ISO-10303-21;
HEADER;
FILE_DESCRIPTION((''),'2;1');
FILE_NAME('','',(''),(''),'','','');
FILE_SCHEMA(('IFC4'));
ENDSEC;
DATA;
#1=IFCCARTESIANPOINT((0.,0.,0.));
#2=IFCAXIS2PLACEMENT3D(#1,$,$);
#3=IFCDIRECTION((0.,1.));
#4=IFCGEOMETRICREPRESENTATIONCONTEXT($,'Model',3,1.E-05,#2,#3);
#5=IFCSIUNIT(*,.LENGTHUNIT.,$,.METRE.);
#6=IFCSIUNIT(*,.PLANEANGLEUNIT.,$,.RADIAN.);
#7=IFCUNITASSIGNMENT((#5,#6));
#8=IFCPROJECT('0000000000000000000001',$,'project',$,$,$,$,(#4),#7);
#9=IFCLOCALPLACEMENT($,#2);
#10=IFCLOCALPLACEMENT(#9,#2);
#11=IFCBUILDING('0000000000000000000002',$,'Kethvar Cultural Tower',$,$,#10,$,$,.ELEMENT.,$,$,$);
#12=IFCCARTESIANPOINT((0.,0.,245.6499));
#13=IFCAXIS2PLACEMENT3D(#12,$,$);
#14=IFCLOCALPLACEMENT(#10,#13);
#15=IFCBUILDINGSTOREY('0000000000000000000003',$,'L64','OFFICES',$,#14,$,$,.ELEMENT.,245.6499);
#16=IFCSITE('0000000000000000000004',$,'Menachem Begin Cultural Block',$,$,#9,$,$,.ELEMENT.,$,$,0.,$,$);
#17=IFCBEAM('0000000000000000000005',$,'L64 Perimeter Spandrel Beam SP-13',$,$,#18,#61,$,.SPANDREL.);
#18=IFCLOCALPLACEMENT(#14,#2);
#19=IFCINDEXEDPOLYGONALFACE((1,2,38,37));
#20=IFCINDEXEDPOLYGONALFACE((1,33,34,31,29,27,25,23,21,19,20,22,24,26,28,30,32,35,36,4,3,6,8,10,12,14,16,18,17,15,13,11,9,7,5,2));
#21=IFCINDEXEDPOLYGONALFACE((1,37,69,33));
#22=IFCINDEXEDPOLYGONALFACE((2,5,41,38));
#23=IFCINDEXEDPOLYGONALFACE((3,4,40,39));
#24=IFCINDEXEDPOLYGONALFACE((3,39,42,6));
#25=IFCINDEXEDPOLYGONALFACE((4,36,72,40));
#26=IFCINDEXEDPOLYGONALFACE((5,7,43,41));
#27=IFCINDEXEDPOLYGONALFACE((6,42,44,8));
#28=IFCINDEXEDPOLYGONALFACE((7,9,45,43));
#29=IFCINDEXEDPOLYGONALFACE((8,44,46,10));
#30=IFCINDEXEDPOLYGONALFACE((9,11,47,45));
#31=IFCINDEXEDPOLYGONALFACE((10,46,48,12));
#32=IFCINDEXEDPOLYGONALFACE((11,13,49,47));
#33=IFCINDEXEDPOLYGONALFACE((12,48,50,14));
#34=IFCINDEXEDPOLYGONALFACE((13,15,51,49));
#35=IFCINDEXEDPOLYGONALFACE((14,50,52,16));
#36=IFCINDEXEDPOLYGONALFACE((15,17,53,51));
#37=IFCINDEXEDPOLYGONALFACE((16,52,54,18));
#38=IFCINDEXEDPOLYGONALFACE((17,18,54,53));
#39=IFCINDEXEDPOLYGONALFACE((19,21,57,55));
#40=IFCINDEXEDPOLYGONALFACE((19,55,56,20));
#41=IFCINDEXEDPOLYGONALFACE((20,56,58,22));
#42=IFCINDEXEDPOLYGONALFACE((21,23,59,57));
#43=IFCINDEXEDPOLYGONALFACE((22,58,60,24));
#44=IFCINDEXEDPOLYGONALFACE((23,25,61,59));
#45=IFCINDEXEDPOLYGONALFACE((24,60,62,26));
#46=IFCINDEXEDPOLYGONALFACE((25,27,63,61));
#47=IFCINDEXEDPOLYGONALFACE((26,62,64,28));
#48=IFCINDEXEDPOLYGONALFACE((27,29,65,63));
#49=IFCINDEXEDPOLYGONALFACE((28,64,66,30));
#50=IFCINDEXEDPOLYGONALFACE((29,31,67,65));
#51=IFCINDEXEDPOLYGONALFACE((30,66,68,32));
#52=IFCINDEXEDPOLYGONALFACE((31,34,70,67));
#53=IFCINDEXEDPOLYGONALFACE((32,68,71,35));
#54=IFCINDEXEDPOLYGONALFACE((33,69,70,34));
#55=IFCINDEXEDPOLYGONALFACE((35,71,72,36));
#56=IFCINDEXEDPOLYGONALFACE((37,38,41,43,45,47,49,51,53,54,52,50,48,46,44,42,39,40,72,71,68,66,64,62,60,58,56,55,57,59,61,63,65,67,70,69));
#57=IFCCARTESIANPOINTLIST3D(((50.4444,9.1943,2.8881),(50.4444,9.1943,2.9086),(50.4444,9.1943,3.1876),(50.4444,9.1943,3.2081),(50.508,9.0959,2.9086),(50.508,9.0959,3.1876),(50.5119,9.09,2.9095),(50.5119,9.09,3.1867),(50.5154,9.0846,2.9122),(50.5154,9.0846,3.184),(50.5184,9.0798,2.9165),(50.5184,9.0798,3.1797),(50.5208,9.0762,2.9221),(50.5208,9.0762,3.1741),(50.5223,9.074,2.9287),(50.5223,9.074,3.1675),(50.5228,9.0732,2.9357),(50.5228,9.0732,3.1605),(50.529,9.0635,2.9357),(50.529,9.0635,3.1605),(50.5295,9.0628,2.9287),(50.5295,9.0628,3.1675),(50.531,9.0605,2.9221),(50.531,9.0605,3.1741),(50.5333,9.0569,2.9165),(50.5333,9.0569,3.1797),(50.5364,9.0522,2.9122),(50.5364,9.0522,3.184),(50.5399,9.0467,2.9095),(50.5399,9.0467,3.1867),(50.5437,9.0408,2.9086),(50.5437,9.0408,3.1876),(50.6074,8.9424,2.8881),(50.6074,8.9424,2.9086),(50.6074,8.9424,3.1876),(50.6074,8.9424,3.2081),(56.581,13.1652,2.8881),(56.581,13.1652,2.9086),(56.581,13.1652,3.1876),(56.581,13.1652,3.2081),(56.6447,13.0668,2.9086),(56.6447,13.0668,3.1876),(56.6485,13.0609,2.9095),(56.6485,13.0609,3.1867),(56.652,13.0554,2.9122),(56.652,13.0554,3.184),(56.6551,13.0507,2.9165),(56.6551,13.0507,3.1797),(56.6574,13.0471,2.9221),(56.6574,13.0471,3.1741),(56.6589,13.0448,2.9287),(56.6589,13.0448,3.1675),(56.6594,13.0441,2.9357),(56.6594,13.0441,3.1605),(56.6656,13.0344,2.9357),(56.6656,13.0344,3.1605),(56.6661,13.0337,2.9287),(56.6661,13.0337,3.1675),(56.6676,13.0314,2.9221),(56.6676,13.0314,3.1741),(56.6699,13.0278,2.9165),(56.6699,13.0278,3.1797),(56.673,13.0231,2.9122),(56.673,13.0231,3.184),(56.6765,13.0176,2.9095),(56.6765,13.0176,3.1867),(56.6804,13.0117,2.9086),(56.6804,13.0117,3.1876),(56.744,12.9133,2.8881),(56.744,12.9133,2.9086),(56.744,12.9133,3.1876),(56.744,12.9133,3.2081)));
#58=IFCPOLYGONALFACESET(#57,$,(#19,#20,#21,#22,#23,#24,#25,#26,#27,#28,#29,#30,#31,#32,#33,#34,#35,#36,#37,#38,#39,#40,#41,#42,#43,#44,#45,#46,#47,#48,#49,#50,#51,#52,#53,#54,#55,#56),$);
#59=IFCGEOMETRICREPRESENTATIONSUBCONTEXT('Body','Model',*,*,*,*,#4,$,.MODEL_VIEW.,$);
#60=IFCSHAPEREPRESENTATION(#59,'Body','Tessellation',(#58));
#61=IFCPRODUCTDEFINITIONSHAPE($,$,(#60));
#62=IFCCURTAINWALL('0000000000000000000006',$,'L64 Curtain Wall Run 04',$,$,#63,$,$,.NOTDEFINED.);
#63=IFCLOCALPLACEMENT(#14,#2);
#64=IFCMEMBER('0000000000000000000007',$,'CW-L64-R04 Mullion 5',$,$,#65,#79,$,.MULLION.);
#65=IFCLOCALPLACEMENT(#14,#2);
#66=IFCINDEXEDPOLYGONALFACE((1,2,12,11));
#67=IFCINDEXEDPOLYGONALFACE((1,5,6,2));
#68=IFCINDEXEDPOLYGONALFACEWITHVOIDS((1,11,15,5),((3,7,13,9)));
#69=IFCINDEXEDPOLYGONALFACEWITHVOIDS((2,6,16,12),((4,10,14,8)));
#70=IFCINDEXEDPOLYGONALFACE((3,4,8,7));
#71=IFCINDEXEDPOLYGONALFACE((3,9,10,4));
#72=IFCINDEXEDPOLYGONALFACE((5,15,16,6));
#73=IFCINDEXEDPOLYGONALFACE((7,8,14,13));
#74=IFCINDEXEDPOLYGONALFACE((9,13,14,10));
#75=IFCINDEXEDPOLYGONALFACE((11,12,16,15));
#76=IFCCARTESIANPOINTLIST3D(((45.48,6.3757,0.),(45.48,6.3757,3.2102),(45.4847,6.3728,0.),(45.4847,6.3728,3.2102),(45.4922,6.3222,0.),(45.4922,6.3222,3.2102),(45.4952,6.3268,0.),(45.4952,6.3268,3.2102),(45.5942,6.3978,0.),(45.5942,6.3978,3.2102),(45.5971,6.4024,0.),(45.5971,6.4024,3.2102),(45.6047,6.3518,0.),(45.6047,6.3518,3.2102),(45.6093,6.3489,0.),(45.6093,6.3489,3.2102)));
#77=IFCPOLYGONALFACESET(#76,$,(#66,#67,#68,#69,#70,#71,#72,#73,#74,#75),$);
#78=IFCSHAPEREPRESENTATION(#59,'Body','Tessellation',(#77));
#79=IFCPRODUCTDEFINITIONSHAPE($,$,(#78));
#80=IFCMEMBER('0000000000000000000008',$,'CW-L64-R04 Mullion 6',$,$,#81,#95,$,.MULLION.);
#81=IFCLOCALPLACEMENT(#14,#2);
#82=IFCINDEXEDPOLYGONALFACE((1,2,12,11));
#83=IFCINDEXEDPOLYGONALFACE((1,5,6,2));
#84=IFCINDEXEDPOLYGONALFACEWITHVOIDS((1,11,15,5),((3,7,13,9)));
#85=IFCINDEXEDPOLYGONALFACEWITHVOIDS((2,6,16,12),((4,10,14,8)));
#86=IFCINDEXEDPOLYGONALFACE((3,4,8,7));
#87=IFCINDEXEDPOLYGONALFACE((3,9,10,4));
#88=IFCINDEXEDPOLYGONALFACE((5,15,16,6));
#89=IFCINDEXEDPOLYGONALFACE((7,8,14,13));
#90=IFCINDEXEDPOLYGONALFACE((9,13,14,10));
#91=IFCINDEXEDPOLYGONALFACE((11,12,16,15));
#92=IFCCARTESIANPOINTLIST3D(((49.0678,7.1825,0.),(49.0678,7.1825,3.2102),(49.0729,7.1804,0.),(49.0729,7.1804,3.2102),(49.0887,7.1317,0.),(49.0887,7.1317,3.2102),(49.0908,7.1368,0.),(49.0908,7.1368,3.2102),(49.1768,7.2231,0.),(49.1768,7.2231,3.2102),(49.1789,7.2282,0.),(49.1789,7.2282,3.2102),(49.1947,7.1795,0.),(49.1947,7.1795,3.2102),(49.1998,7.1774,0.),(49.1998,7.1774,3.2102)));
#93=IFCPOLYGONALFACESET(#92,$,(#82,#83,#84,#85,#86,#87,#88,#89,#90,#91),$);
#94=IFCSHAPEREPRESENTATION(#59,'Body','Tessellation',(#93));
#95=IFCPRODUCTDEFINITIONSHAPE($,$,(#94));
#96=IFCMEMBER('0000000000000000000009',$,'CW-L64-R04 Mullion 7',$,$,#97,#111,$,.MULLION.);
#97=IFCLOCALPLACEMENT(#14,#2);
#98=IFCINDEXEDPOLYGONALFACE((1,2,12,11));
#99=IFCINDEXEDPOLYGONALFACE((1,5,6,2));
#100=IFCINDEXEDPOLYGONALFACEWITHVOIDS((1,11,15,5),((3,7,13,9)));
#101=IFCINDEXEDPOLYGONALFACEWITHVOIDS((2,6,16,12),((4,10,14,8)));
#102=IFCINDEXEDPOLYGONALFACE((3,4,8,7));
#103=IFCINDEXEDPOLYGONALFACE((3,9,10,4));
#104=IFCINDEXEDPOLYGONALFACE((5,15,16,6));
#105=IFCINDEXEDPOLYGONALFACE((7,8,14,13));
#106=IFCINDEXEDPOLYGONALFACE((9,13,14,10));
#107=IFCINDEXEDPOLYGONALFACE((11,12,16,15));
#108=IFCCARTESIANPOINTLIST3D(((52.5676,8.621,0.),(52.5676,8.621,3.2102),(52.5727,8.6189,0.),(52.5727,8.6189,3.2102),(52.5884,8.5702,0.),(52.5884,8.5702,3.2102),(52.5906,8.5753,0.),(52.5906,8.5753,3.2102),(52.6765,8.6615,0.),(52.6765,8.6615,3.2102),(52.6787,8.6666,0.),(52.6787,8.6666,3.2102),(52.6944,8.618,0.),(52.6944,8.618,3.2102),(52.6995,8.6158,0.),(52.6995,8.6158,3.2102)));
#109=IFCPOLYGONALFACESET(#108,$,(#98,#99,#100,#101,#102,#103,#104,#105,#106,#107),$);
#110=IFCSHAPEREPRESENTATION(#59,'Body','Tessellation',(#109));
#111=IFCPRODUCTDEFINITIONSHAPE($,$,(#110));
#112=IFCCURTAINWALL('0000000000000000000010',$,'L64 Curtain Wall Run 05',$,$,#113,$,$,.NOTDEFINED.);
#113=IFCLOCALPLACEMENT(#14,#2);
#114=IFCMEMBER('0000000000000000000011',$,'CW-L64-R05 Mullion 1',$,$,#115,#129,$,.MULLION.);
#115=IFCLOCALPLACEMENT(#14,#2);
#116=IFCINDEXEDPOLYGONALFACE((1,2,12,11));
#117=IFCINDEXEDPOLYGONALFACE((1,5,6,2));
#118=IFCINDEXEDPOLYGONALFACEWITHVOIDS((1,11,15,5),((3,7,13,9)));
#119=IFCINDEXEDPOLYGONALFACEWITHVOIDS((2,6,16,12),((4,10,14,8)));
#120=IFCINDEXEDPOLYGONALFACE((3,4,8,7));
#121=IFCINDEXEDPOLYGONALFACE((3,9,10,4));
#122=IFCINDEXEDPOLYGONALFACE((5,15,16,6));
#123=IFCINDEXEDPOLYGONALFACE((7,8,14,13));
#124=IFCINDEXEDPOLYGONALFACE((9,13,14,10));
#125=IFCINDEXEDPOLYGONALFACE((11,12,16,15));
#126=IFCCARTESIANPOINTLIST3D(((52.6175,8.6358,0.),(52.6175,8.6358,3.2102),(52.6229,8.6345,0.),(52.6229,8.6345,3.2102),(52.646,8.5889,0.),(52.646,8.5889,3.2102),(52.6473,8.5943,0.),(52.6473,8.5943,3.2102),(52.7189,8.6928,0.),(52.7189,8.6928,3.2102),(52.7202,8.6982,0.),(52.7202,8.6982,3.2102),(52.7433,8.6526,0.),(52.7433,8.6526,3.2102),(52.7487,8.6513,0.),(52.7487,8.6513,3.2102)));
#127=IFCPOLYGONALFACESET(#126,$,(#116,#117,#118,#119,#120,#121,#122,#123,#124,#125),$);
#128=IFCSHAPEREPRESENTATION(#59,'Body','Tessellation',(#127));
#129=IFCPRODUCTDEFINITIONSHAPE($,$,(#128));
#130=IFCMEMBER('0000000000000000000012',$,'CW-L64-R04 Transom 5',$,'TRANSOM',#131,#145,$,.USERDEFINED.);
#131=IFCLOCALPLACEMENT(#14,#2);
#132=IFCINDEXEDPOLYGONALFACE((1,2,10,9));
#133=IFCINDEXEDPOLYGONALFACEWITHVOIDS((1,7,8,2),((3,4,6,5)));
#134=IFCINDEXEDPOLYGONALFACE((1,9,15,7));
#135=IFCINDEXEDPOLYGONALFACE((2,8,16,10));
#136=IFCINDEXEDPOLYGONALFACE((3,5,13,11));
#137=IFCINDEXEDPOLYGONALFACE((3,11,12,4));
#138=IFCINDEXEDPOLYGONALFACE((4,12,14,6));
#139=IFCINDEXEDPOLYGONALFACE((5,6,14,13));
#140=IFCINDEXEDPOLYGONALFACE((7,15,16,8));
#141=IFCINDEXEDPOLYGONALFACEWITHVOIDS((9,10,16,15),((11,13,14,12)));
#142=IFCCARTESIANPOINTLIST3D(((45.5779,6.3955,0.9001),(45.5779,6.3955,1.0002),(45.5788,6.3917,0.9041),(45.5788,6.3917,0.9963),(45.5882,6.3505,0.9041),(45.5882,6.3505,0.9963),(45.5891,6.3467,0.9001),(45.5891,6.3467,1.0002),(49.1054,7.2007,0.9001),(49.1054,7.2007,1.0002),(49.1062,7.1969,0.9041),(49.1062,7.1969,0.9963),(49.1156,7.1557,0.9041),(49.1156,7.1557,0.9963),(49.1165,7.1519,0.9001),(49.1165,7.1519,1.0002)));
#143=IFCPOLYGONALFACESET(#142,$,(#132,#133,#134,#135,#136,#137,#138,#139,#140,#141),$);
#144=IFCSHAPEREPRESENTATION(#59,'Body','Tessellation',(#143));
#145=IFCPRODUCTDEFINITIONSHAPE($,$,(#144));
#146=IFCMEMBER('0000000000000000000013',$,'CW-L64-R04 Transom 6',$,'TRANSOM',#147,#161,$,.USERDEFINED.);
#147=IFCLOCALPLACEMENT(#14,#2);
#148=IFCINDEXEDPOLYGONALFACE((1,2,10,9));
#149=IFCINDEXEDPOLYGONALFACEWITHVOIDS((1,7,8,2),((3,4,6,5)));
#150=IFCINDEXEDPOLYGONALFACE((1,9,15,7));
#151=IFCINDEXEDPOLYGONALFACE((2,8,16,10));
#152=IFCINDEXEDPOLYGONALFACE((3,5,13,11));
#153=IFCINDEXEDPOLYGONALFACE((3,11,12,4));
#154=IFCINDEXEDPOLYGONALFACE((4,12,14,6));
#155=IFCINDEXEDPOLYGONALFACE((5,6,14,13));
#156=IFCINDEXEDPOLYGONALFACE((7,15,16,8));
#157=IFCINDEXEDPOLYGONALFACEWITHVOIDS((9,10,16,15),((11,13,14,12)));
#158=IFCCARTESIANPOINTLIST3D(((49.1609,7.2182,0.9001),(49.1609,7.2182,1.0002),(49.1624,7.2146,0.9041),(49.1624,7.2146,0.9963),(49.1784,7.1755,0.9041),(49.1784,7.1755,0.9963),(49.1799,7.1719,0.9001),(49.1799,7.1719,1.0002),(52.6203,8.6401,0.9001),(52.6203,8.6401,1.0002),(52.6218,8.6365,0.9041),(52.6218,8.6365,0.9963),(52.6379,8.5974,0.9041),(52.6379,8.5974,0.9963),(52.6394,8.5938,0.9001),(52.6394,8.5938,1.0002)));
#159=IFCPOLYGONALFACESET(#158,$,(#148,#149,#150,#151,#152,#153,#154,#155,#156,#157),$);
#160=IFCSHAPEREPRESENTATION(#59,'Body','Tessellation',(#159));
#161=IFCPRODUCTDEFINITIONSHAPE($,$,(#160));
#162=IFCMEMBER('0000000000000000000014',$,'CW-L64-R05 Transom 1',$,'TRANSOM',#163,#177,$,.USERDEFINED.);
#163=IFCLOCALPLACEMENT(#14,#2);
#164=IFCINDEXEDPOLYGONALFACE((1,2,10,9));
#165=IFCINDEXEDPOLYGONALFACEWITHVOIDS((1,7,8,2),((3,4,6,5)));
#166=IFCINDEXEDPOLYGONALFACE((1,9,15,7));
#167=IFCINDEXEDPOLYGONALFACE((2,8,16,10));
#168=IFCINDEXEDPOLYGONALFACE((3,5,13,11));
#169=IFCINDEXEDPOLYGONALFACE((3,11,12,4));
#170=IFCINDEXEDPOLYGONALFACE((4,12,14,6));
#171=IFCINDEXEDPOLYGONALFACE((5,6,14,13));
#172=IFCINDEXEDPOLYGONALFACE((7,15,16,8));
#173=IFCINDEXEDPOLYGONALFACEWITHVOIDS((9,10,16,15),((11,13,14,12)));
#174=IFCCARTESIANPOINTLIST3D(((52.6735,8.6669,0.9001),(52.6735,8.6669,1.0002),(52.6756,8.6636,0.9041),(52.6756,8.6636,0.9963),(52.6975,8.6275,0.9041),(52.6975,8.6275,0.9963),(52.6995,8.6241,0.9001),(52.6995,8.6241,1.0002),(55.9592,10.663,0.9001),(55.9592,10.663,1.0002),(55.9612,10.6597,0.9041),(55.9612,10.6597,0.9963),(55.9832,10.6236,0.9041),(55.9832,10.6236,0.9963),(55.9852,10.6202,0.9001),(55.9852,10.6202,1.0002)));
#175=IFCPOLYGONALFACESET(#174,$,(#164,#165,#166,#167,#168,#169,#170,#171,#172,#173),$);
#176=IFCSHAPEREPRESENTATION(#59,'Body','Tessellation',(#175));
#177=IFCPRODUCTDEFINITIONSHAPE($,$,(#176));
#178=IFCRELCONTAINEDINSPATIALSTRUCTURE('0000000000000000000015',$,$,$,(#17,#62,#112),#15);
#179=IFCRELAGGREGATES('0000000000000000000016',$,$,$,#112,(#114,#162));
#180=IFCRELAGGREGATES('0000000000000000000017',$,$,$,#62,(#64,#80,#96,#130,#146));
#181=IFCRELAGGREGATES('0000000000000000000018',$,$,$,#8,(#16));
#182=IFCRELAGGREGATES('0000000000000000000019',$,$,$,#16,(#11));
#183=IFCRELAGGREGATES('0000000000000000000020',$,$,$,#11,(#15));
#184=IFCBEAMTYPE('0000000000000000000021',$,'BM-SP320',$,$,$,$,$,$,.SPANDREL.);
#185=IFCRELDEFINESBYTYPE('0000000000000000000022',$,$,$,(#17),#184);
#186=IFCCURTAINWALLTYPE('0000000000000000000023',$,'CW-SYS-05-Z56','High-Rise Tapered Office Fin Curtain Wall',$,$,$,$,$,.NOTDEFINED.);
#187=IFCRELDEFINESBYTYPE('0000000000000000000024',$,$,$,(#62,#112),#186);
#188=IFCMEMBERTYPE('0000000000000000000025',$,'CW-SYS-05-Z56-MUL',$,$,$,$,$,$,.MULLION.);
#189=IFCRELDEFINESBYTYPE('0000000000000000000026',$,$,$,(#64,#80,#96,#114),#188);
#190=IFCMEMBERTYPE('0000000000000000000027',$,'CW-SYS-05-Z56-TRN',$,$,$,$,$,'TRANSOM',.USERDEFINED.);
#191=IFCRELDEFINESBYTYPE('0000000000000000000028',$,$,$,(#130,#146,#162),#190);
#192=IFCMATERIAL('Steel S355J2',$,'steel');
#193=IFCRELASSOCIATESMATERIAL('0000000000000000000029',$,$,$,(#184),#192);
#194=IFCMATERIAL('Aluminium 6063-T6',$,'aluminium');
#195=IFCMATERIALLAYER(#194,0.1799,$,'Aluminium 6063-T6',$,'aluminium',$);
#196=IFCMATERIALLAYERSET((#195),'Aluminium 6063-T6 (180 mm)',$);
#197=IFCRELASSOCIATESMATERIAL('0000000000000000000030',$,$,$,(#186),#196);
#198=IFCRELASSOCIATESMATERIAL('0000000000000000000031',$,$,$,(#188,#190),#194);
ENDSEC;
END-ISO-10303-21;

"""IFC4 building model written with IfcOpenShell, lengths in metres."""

from ifc_helpers import new_model, si_unit, direction, frame, origin, origin_2d, place, context, subcontext, project, spatial, hollow_rectangle, i_section, extrude, source, transform, mapped, material, layer, layer_set, material_profile, profile_set, type_object, element, aggregate, save


model = new_model("IFC4")

# Units and contexts
model_context = context("Model", 3, precision=1e-05, world=origin(), true_north=direction((0.0, 1.0)))
body_context = subcontext(model_context, "Body", "Model", "MODEL_VIEW")
ifc_project = project(units=[si_unit("LENGTHUNIT", "METRE"), si_unit("PLANEANGLEUNIT", "RADIAN")], contexts=[model_context])

# Site, building, storey
site_placement = place(None, origin())
site = spatial("IfcSite", under=ifc_project, at=site_placement, Name="Menachem Begin Cultural Block", CompositionType="ELEMENT", RefElevation=0.0)
building_placement = place(site_placement, origin())
building = spatial("IfcBuilding", under=site, at=building_placement, Name="Kethvar Cultural Tower", CompositionType="ELEMENT")
storey_placement = place(building_placement, frame((0.0, 0.0, 245.6499)))
storey = spatial("IfcBuildingStorey", under=building, at=storey_placement, Name="L64", Description="OFFICES", CompositionType="ELEMENT", Elevation=245.6499)

# Beam
ifc_material_1 = material(Name="Steel S355J2", Category="steel")
ifc_material_profile_1 = material_profile(ifc_material_1, i_section(OverallWidth=0.3, OverallDepth=0.3201, WebThickness=0.0115, FlangeThickness=0.0205, FilletRadius=0.0271, at=origin_2d()), Name="Steel S355J2 — HEB320")
ifc_profile_set_1 = profile_set([ifc_material_profile_1], Name="Steel S355J2 — HEB320")
beam_type_1 = type_object("IfcBeamType", Name="BM-SP320", PredefinedType="SPANDREL", material=ifc_profile_set_1)
shared_shape_1 = source(origin(), body_context, "Body", "SweptSolid", [
    extrude(i_section(OverallWidth=0.3, OverallDepth=0.3201, WebThickness=0.0115, FlangeThickness=0.0205, FilletRadius=0.0271, at=origin_2d()), origin(), (0.0, 0.0, 1.0), 7.3093),
])
beam_1_placement = place(storey_placement, frame((50.5259, 9.0684, 3.0481), z_axis=(0.839562, 0.543264, 0.0), x_axis=(-0.543264, 0.839562, 0.0)))
element("IfcBeam", 1, at=beam_1_placement, inside=storey, type_object=beam_type_1, Name="L64 Perimeter Spandrel Beam SP-13", PredefinedType="SPANDREL", context=body_context, shape_type="MappedRepresentation", body=[
    mapped(shared_shape_1, transform((0.0, 0.0, 0.0), scale=1.0)),
])

# Curtain wall, members
ifc_material_2 = material(Name="Aluminium 6063-T6", Category="aluminium")
ifc_layer_1 = layer(ifc_material_2, 0.1799, Name="Aluminium 6063-T6", Category="aluminium")
ifc_layer_set_1 = layer_set([ifc_layer_1], Name="Aluminium 6063-T6 (180 mm)")
curtain_wall_type = type_object("IfcCurtainWallType", Name="CW-SYS-05-Z56", Description="High-Rise Tapered Office Fin Curtain Wall", PredefinedType="NOTDEFINED", material=ifc_layer_set_1)
curtain_wall_1_placement = place(storey_placement, origin())
curtain_wall_1 = element("IfcCurtainWall", 2, at=curtain_wall_1_placement, inside=storey, type_object=curtain_wall_type, Name="L64 Curtain Wall Run 04", PredefinedType="NOTDEFINED")
ifc_material_profile_2 = material_profile(ifc_material_2, hollow_rectangle(XDim=0.0549, YDim=0.1201, WallThickness=0.0039, at=origin_2d()), Name="Aluminium 6063-T6 — RHS120x55x4")
ifc_profile_set_2 = profile_set([ifc_material_profile_2], Name="Aluminium 6063-T6 — RHS120x55x4")
member_type_1 = type_object("IfcMemberType", Name="CW-SYS-05-Z56-MUL", PredefinedType="MULLION", material=ifc_profile_set_2)
shared_shape_2 = source(origin(), body_context, "Body", "SweptSolid", [
    extrude(hollow_rectangle(XDim=0.0549, YDim=0.1201, WallThickness=0.0039, at=origin_2d()), origin(), (0.0, 0.0, 1.0), 3.2102),
])
member_1_placement = place(storey_placement, frame((45.5447, 6.3623, 0.0), z_axis=(0.0, 0.0, 1.0), x_axis=(-0.222501, 0.974932, 0.0)))
member_1 = element("IfcMember", 3, at=member_1_placement, type_object=member_type_1, Name="CW-L64-R04 Mullion 5", PredefinedType="MULLION", context=body_context, shape_type="MappedRepresentation", body=[
    mapped(shared_shape_2, transform((0.0, 0.0, 0.0), scale=1.0)),
])
member_2_placement = place(storey_placement, frame((49.1338, 7.1799, 0.0), z_axis=(0.0, 0.0, 1.0), x_axis=(-0.380167, 0.924918, 0.0)))
member_2 = element("IfcMember", 4, at=member_2_placement, type_object=member_type_1, Name="CW-L64-R04 Mullion 6", PredefinedType="MULLION", context=body_context, shape_type="MappedRepresentation", body=[
    mapped(shared_shape_2, transform((0.0, 0.0, 0.0), scale=1.0)),
])
member_3_placement = place(storey_placement, frame((52.6335, 8.6184, 0.0), z_axis=(0.0, 0.0, 1.0), x_axis=(-0.380167, 0.924918, 0.0)))
member_3 = element("IfcMember", 5, at=member_3_placement, type_object=member_type_1, Name="CW-L64-R04 Mullion 7", PredefinedType="MULLION", context=body_context, shape_type="MappedRepresentation", body=[
    mapped(shared_shape_2, transform((0.0, 0.0, 0.0), scale=1.0)),
])

# Curtain wall, member
curtain_wall_2_placement = place(storey_placement, origin())
curtain_wall_2 = element("IfcCurtainWall", 6, at=curtain_wall_2_placement, inside=storey, type_object=curtain_wall_type, Name="L64 Curtain Wall Run 05", PredefinedType="NOTDEFINED")
member_4_placement = place(storey_placement, frame((52.6831, 8.6436, 0.0), z_axis=(0.0, 0.0, 1.0), x_axis=(-0.519206, 0.854649, 0.0)))
member_4 = element("IfcMember", 7, at=member_4_placement, type_object=member_type_1, Name="CW-L64-R05 Mullion 1", PredefinedType="MULLION", context=body_context, shape_type="MappedRepresentation", body=[
    mapped(shared_shape_2, transform((0.0, 0.0, 0.0), scale=1.0)),
])

# Members
ifc_material_profile_3 = material_profile(ifc_material_2, hollow_rectangle(XDim=0.05, YDim=0.1001, WallThickness=0.0039, at=origin_2d()), Name="Aluminium 6063-T6 — RHS100x50x4")
ifc_profile_set_3 = profile_set([ifc_material_profile_3], Name="Aluminium 6063-T6 — RHS100x50x4")
member_type_2 = type_object("IfcMemberType", Name="CW-SYS-05-Z56-TRN", ElementType="TRANSOM", PredefinedType="USERDEFINED", material=ifc_profile_set_3)
shared_shape_3 = source(origin(), body_context, "Body", "SweptSolid", [
    extrude(hollow_rectangle(XDim=0.05, YDim=0.1001, WallThickness=0.0039, at=origin_2d()), origin(), (0.0, 0.0, 1.0), 3.6182),
])
member_5_placement = place(storey_placement, frame((45.5835, 6.3711, 0.9502), z_axis=(0.974923, 0.222543, 0.0), x_axis=(-0.222543, 0.974923, 0.0)))
member_5 = element("IfcMember", 8, at=member_5_placement, type_object=member_type_2, Name="CW-L64-R04 Transom 5", ObjectType="TRANSOM", PredefinedType="USERDEFINED", context=body_context, shape_type="MappedRepresentation", body=[
    mapped(shared_shape_3, transform((0.0, 0.0, 0.0), scale=1.0)),
])
shared_shape_4 = source(origin(), body_context, "Body", "SweptSolid", [
    extrude(hollow_rectangle(XDim=0.05, YDim=0.1001, WallThickness=0.0039, at=origin_2d()), origin(), (0.0, 0.0, 1.0), 3.7402),
])
member_6_placement = place(storey_placement, frame((49.1704, 7.1951, 0.9502), z_axis=(0.924924, 0.380152, 0.0), x_axis=(-0.380152, 0.924924, 0.0)))
member_6 = element("IfcMember", 9, at=member_6_placement, type_object=member_type_2, Name="CW-L64-R04 Transom 6", ObjectType="TRANSOM", PredefinedType="USERDEFINED", context=body_context, shape_type="MappedRepresentation", body=[
    mapped(shared_shape_4, transform((0.0, 0.0, 0.0), scale=1.0)),
])
shared_shape_5 = source(origin(), body_context, "Body", "SweptSolid", [
    extrude(hollow_rectangle(XDim=0.05, YDim=0.1001, WallThickness=0.0039, at=origin_2d()), origin(), (0.0, 0.0, 1.0), 3.8445),
])
member_7_placement = place(storey_placement, frame((52.6865, 8.6455, 0.9502), z_axis=(0.854645, 0.519213, 0.0), x_axis=(-0.519213, 0.854645, 0.0)))
member_7 = element("IfcMember", 10, at=member_7_placement, type_object=member_type_2, Name="CW-L64-R05 Transom 1", ObjectType="TRANSOM", PredefinedType="USERDEFINED", context=body_context, shape_type="MappedRepresentation", body=[
    mapped(shared_shape_5, transform((0.0, 0.0, 0.0), scale=1.0)),
])

aggregate(curtain_wall_2, [member_4, member_7])
aggregate(curtain_wall_1, [member_1, member_2, member_3, member_5, member_6])

save(model, "model.ifc")
